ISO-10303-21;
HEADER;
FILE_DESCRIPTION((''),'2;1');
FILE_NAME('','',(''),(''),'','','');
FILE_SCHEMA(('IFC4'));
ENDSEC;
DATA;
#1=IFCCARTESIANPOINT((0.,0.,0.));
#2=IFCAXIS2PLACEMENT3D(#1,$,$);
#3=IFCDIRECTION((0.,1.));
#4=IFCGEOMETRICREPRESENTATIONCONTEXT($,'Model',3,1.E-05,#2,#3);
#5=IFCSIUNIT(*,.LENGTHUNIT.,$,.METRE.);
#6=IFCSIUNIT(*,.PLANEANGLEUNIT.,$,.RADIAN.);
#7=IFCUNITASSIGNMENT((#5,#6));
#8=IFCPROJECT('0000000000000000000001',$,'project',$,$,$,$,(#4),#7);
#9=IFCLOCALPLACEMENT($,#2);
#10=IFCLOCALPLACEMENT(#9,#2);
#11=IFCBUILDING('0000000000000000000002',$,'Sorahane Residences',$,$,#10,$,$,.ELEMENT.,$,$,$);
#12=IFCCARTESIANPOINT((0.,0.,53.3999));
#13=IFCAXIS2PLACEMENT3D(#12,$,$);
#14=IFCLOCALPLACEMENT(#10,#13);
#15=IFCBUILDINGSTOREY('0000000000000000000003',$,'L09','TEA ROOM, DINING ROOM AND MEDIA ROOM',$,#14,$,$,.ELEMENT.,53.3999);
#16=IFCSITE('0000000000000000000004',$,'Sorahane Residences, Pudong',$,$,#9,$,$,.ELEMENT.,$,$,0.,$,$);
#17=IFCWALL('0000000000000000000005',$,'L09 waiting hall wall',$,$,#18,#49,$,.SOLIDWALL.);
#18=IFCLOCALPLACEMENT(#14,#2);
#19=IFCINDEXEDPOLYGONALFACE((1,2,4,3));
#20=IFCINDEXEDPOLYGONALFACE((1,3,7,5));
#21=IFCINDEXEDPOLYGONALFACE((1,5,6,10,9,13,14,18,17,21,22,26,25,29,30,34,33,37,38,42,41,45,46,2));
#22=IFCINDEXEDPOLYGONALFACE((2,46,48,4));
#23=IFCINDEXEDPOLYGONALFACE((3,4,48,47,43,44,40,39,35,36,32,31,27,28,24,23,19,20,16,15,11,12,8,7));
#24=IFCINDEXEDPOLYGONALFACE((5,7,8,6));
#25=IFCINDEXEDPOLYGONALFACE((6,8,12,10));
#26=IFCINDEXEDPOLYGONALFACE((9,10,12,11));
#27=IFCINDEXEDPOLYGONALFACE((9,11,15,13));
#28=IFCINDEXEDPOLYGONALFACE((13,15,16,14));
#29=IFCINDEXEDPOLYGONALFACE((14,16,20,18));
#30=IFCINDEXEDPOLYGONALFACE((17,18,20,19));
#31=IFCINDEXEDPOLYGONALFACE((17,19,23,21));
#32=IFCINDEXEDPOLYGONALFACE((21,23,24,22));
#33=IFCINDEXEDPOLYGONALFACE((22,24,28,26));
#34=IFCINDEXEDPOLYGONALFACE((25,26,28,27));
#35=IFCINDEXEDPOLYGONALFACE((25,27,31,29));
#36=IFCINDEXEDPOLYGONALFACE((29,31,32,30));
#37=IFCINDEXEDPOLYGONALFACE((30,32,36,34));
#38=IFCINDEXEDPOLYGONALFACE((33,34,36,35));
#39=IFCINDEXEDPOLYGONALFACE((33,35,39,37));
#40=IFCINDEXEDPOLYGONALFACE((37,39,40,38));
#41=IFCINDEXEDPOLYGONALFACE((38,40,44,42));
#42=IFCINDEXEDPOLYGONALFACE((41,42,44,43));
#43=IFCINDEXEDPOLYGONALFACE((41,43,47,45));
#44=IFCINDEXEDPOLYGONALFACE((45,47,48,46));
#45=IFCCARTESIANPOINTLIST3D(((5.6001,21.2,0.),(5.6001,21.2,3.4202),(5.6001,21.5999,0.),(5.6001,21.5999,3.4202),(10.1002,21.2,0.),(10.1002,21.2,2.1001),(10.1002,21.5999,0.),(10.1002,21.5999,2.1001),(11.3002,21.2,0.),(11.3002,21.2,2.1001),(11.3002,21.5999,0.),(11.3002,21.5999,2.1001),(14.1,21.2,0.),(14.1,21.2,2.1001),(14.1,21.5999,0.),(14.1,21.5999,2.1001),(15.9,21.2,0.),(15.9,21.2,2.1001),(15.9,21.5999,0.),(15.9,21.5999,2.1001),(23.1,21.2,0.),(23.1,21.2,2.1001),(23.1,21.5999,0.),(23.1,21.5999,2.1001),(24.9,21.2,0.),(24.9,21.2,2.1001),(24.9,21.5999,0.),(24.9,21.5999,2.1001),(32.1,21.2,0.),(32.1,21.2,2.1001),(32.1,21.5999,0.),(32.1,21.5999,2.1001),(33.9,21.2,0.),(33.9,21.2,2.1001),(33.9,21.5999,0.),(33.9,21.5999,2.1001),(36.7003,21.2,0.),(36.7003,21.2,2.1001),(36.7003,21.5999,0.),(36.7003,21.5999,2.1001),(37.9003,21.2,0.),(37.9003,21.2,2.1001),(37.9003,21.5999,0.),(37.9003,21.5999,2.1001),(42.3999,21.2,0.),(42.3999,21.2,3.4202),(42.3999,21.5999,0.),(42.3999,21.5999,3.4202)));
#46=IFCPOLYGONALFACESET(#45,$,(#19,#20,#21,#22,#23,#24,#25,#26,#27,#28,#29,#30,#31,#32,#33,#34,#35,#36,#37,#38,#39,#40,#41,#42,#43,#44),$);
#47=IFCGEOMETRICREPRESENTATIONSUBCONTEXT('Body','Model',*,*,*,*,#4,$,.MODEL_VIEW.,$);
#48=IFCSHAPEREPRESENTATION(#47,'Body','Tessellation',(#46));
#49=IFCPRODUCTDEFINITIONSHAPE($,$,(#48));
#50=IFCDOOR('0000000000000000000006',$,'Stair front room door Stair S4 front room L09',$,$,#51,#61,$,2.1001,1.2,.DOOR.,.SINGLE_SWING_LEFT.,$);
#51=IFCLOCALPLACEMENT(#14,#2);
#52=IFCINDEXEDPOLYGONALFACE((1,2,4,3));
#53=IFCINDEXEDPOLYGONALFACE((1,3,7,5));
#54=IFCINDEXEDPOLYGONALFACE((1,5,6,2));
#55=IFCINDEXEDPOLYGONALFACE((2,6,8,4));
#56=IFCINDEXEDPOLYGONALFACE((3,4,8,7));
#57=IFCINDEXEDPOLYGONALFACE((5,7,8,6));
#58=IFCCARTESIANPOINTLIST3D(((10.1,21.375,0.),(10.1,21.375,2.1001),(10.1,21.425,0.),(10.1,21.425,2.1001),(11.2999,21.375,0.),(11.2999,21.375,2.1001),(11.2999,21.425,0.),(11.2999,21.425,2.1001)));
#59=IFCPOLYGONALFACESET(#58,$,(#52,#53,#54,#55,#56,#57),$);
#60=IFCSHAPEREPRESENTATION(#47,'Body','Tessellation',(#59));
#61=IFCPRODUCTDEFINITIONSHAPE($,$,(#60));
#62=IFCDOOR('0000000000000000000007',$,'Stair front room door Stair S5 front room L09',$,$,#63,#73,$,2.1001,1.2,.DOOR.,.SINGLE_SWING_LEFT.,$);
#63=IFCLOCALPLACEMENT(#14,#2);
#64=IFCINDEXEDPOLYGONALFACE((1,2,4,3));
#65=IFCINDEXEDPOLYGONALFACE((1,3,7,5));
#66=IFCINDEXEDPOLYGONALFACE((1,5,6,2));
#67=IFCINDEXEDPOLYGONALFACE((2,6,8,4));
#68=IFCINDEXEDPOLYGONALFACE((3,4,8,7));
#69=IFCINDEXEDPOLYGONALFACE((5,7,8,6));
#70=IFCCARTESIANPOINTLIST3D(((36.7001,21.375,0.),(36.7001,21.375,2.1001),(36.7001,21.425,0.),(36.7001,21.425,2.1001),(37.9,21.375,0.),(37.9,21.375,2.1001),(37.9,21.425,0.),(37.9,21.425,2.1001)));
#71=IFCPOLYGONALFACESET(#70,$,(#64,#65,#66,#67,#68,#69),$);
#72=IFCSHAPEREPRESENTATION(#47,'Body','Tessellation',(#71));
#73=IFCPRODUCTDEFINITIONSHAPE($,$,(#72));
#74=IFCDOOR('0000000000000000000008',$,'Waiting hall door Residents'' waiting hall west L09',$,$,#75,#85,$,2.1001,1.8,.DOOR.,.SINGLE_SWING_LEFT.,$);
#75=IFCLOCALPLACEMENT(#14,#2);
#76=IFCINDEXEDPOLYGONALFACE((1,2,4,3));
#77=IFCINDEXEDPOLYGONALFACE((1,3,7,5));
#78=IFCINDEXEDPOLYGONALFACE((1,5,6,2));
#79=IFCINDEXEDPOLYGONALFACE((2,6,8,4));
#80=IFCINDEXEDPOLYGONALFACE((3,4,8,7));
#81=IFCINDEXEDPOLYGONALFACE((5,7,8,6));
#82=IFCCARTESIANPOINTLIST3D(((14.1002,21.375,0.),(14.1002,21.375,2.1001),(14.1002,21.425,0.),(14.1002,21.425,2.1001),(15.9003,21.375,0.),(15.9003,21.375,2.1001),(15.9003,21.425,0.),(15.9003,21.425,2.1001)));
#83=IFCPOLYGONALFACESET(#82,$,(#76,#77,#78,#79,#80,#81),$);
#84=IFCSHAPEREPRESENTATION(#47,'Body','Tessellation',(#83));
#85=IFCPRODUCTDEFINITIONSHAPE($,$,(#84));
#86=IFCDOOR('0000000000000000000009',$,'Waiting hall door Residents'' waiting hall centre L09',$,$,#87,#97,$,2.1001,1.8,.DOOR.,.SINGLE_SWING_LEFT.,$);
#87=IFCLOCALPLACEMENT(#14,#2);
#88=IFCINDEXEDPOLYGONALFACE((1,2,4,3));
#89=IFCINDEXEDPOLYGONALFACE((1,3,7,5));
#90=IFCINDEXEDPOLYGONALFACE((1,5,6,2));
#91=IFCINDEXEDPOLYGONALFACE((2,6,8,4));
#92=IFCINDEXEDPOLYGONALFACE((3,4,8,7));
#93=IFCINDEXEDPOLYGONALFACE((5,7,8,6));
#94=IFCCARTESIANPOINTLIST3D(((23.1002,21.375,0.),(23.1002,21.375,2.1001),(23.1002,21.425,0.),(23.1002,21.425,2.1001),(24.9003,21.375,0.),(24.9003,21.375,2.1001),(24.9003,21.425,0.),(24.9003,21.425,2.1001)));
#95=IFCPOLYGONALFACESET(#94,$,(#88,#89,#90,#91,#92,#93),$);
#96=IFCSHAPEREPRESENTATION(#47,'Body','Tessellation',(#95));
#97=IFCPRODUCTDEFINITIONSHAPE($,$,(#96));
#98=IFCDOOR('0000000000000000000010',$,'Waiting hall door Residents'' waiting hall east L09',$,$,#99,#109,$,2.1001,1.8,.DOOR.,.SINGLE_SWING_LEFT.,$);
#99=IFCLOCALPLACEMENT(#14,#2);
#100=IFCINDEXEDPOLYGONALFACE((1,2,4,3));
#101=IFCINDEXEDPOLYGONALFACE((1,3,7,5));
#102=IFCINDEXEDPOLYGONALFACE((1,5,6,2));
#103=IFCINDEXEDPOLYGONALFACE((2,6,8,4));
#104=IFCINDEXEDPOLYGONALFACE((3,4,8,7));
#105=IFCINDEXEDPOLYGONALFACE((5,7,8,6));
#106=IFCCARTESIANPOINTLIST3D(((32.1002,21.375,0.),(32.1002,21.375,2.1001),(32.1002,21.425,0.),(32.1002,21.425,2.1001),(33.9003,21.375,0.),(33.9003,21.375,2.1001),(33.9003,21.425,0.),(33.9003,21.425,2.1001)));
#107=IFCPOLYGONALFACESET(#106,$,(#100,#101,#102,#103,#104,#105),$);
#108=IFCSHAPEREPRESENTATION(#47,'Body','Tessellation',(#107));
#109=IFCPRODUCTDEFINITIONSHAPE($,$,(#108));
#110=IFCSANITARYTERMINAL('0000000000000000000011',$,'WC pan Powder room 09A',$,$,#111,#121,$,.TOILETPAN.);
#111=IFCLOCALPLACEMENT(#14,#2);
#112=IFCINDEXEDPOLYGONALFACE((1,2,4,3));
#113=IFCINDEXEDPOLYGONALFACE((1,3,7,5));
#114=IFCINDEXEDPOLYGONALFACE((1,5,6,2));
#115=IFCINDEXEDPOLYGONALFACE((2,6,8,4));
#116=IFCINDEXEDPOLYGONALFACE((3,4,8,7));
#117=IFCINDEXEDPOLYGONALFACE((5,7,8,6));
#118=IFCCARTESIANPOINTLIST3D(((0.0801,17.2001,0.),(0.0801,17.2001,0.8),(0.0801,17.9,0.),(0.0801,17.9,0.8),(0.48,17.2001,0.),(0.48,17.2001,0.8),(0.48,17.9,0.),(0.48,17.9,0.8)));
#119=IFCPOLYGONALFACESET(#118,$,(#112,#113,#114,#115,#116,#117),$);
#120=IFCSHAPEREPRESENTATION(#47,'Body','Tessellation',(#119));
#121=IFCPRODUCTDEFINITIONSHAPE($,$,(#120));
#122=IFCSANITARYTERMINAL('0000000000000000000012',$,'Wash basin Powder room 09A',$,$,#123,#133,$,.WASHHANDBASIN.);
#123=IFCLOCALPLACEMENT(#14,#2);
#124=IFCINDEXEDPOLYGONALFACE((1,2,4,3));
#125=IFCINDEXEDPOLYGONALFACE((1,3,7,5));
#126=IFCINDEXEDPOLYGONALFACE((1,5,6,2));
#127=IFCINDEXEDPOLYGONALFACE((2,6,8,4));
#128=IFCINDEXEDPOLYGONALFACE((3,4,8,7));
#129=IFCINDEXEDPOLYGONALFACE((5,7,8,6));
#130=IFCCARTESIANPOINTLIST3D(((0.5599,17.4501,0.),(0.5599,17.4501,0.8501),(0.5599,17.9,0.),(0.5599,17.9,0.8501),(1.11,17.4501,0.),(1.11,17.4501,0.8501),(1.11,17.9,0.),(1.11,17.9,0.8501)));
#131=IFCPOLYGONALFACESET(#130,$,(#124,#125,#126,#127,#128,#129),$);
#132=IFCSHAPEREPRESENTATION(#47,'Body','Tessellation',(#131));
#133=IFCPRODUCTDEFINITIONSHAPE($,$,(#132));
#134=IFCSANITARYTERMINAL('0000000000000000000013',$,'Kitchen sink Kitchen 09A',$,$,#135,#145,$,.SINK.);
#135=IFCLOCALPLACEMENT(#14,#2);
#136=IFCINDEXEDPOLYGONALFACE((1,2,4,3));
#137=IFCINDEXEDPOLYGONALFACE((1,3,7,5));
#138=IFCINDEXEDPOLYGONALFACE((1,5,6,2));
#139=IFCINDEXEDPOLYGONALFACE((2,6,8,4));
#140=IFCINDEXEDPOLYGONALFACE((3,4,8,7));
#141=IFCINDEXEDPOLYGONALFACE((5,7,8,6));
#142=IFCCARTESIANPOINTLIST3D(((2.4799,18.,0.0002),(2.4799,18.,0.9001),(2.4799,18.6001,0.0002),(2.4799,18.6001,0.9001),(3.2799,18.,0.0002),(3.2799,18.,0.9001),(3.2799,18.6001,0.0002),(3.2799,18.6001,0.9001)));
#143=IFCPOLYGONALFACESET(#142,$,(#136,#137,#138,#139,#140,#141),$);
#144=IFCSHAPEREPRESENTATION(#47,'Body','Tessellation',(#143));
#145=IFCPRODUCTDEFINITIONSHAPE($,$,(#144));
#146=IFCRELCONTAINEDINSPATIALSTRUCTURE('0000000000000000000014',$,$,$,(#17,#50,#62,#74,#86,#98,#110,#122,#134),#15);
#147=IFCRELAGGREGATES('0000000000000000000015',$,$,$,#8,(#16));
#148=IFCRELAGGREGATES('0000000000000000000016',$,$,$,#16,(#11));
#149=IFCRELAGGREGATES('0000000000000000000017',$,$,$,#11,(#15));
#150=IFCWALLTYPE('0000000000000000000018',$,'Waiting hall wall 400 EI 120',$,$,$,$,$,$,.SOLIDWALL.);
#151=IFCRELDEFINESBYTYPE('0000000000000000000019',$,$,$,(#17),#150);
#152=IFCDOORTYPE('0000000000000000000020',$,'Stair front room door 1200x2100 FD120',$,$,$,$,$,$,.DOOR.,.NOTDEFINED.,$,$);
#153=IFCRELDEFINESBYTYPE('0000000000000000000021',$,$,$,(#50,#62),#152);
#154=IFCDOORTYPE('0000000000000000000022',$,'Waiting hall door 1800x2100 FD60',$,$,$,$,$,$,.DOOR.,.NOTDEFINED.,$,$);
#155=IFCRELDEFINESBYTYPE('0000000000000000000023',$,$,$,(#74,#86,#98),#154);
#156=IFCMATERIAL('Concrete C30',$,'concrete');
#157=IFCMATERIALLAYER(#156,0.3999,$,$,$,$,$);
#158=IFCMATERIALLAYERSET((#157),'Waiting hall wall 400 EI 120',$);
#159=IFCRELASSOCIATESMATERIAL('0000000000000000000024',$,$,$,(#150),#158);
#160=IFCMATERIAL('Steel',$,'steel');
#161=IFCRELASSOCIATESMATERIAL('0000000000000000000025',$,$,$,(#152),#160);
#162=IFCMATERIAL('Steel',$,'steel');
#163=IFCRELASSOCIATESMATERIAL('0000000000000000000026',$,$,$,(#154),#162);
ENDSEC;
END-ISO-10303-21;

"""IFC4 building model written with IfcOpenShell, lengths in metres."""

from ifc_helpers import new_model, si_unit, direction, frame, frame_2d, origin, origin_2d, place, context, subcontext, project, spatial, rectangle, extrude, material, layer, layer_set, type_object, element, fill, save


model = new_model("IFC4")

# Units and contexts
model_context = context("Model", 3, precision=1e-05, world=origin(), true_north=direction((0.0, 1.0)))
body_context = subcontext(model_context, "Body", "Model", "MODEL_VIEW")
ifc_project = project(units=[si_unit("LENGTHUNIT", "METRE"), si_unit("PLANEANGLEUNIT", "RADIAN")], contexts=[model_context])

# Site, building, storey
site_placement = place(None, origin())
site = spatial("IfcSite", under=ifc_project, at=site_placement, Name="Sorahane Residences, Pudong", CompositionType="ELEMENT", RefElevation=0.0)
building_placement = place(site_placement, origin())
building = spatial("IfcBuilding", under=site, at=building_placement, Name="Sorahane Residences", CompositionType="ELEMENT")
storey_placement = place(building_placement, frame((0.0, 0.0, 53.3999)))
storey = spatial("IfcBuildingStorey", under=building, at=storey_placement, Name="L09", Description="TEA ROOM, DINING ROOM AND MEDIA ROOM", CompositionType="ELEMENT", Elevation=53.3999)

# Wall, openings, doors
ifc_material_1 = material(Name="Concrete C30", Category="concrete")
ifc_layer_1 = layer(ifc_material_1, 0.3999)
ifc_layer_set_1 = layer_set([ifc_layer_1], Name="Waiting hall wall 400 EI 120")
wall_type_1 = type_object("IfcWallType", Name="Waiting hall wall 400 EI 120", PredefinedType="SOLIDWALL", material=ifc_layer_set_1)
wall_1_placement = place(storey_placement, frame((5.6001, 21.3999, 0.0), z_axis=(0.0, 0.0, 1.0), x_axis=(1.0, 0.0, 0.0)))
wall_1 = element("IfcWall", 1, at=wall_1_placement, inside=storey, type_object=wall_type_1, Name="L09 waiting hall wall", PredefinedType="SOLIDWALL", context=body_context, shape_type="SweptSolid", body=[
    extrude(rectangle(XDim=36.7998, YDim=0.3999, at=frame_2d((18.3999, 0.0))), origin(), (0.0, 0.0, 1.0), 3.4202),
])
opening_1_placement = place(wall_1_placement, frame((8.5, 0.0, 0.0)))
opening_1 = element("IfcOpeningElement", 2, at=opening_1_placement, cuts=wall_1, PredefinedType="OPENING", context=body_context, shape_type="SweptSolid", body=[
    extrude(rectangle(XDim=1.8, YDim=2.1001, at=frame_2d((0.8999, 1.05))), frame((0.0, 0.21, 0.0), z_axis=(0.0, -1.0, 0.0), x_axis=(1.0, 0.0, 0.0)), (0.0, 0.0, 1.0), 0.4199),
])
opening_2_placement = place(wall_1_placement, frame((17.5, 0.0, 0.0)))
opening_2 = element("IfcOpeningElement", 3, at=opening_2_placement, cuts=wall_1, PredefinedType="OPENING", context=body_context, shape_type="SweptSolid", body=[
    extrude(rectangle(XDim=1.8, YDim=2.1001, at=frame_2d((0.8999, 1.05))), frame((0.0, 0.21, 0.0), z_axis=(0.0, -1.0, 0.0), x_axis=(1.0, 0.0, 0.0)), (0.0, 0.0, 1.0), 0.4199),
])
opening_3_placement = place(wall_1_placement, frame((26.5, 0.0, 0.0)))
opening_3 = element("IfcOpeningElement", 4, at=opening_3_placement, cuts=wall_1, PredefinedType="OPENING", context=body_context, shape_type="SweptSolid", body=[
    extrude(rectangle(XDim=1.8, YDim=2.1001, at=frame_2d((0.8999, 1.05))), frame((0.0, 0.21, 0.0), z_axis=(0.0, -1.0, 0.0), x_axis=(1.0, 0.0, 0.0)), (0.0, 0.0, 1.0), 0.4199),
])
opening_4_placement = place(wall_1_placement, frame((4.5, 0.0, 0.0)))
opening_4 = element("IfcOpeningElement", 5, at=opening_4_placement, cuts=wall_1, PredefinedType="OPENING", context=body_context, shape_type="SweptSolid", body=[
    extrude(rectangle(XDim=1.2, YDim=2.1001, at=frame_2d((0.6001, 1.05))), frame((0.0, 0.21, 0.0), z_axis=(0.0, -1.0, 0.0), x_axis=(1.0, 0.0, 0.0)), (0.0, 0.0, 1.0), 0.4199),
])
opening_5_placement = place(wall_1_placement, frame((31.1001, 0.0, 0.0)))
opening_5 = element("IfcOpeningElement", 6, at=opening_5_placement, cuts=wall_1, PredefinedType="OPENING", context=body_context, shape_type="SweptSolid", body=[
    extrude(rectangle(XDim=1.2, YDim=2.1001, at=frame_2d((0.6001, 1.05))), frame((0.0, 0.21, 0.0), z_axis=(0.0, -1.0, 0.0), x_axis=(1.0, 0.0, 0.0)), (0.0, 0.0, 1.0), 0.4199),
])
ifc_material_2 = material(Name="Steel", Category="steel")
door_type_1 = type_object("IfcDoorType", Name="Stair front room door 1200x2100 FD120", OperationType="NOTDEFINED", PredefinedType="DOOR", material=ifc_material_2)
door_1_placement = place(opening_4_placement, frame((1.2, 0.0, 0.0), z_axis=(0.0, 0.0, 1.0), x_axis=(-1.0, 0.0, 0.0)))
door_1 = element("IfcDoor", 7, at=door_1_placement, inside=storey, type_object=door_type_1, Name="Stair front room door Stair S4 front room L09", OperationType="SINGLE_SWING_LEFT", OverallHeight=2.1001, OverallWidth=1.2, PredefinedType="DOOR", context=body_context, shape_type="SweptSolid", body=[
    extrude(rectangle(XDim=1.2, YDim=2.1001, at=frame_2d((0.6001, 1.05))), frame((0.0, 0.0249, 0.0), z_axis=(0.0, -1.0, 0.0), x_axis=(1.0, 0.0, 0.0)), (0.0, 0.0, 1.0), 0.05),
])
fill(opening_4, door_1)
door_2_placement = place(opening_5_placement, frame((1.2, 0.0, 0.0), z_axis=(0.0, 0.0, 1.0), x_axis=(-1.0, 0.0, 0.0)))
door_2 = element("IfcDoor", 8, at=door_2_placement, inside=storey, type_object=door_type_1, Name="Stair front room door Stair S5 front room L09", OperationType="SINGLE_SWING_LEFT", OverallHeight=2.1001, OverallWidth=1.2, PredefinedType="DOOR", context=body_context, shape_type="SweptSolid", body=[
    extrude(rectangle(XDim=1.2, YDim=2.1001, at=frame_2d((0.6001, 1.05))), frame((0.0, 0.0249, 0.0), z_axis=(0.0, -1.0, 0.0), x_axis=(1.0, 0.0, 0.0)), (0.0, 0.0, 1.0), 0.05),
])
fill(opening_5, door_2)
ifc_material_3 = material(Name="Steel", Category="steel")
door_type_2 = type_object("IfcDoorType", Name="Waiting hall door 1800x2100 FD60", OperationType="NOTDEFINED", PredefinedType="DOOR", material=ifc_material_3)
door_3_placement = place(opening_1_placement, frame((1.8, 0.0, 0.0), z_axis=(0.0, 0.0, 1.0), x_axis=(-1.0, 0.0, 0.0)))
door_3 = element("IfcDoor", 9, at=door_3_placement, inside=storey, type_object=door_type_2, Name="Waiting hall door Residents' waiting hall west L09", OperationType="SINGLE_SWING_LEFT", OverallHeight=2.1001, OverallWidth=1.8, PredefinedType="DOOR", context=body_context, shape_type="SweptSolid", body=[
    extrude(rectangle(XDim=1.8, YDim=2.1001, at=frame_2d((0.8999, 1.05))), frame((0.0, 0.0249, 0.0), z_axis=(0.0, -1.0, 0.0), x_axis=(1.0, 0.0, 0.0)), (0.0, 0.0, 1.0), 0.05),
])
fill(opening_1, door_3)
door_4_placement = place(opening_2_placement, frame((1.8, 0.0, 0.0), z_axis=(0.0, 0.0, 1.0), x_axis=(-1.0, 0.0, 0.0)))
door_4 = element("IfcDoor", 10, at=door_4_placement, inside=storey, type_object=door_type_2, Name="Waiting hall door Residents' waiting hall centre L09", OperationType="SINGLE_SWING_LEFT", OverallHeight=2.1001, OverallWidth=1.8, PredefinedType="DOOR", context=body_context, shape_type="SweptSolid", body=[
    extrude(rectangle(XDim=1.8, YDim=2.1001, at=frame_2d((0.8999, 1.05))), frame((0.0, 0.0249, 0.0), z_axis=(0.0, -1.0, 0.0), x_axis=(1.0, 0.0, 0.0)), (0.0, 0.0, 1.0), 0.05),
])
fill(opening_2, door_4)
door_5_placement = place(opening_3_placement, frame((1.8, 0.0, 0.0), z_axis=(0.0, 0.0, 1.0), x_axis=(-1.0, 0.0, 0.0)))
door_5 = element("IfcDoor", 11, at=door_5_placement, inside=storey, type_object=door_type_2, Name="Waiting hall door Residents' waiting hall east L09", OperationType="SINGLE_SWING_LEFT", OverallHeight=2.1001, OverallWidth=1.8, PredefinedType="DOOR", context=body_context, shape_type="SweptSolid", body=[
    extrude(rectangle(XDim=1.8, YDim=2.1001, at=frame_2d((0.8999, 1.05))), frame((0.0, 0.0249, 0.0), z_axis=(0.0, -1.0, 0.0), x_axis=(1.0, 0.0, 0.0)), (0.0, 0.0, 1.0), 0.05),
])
fill(opening_3, door_5)

# Sanitary terminals
sanitary_terminal_1_placement = place(storey_placement, frame((0.28, 17.55, 0.0), z_axis=(0.0, 0.0, 1.0), x_axis=(1.0, 0.0, 0.0)))
element("IfcSanitaryTerminal", 12, at=sanitary_terminal_1_placement, inside=storey, Name="WC pan Powder room 09A", PredefinedType="TOILETPAN", context=body_context, shape_type="SweptSolid", body=[
    extrude(rectangle(XDim=0.3999, YDim=0.7, at=origin_2d()), origin(), (0.0, 0.0, 1.0), 0.8),
])
sanitary_terminal_2_placement = place(storey_placement, frame((0.835, 17.675, 0.0), z_axis=(0.0, 0.0, 1.0), x_axis=(1.0, 0.0, 0.0)))
element("IfcSanitaryTerminal", 13, at=sanitary_terminal_2_placement, inside=storey, Name="Wash basin Powder room 09A", PredefinedType="WASHHANDBASIN", context=body_context, shape_type="SweptSolid", body=[
    extrude(rectangle(XDim=0.55, YDim=0.45, at=origin_2d()), origin(), (0.0, 0.0, 1.0), 0.8501),
])
sanitary_terminal_3_placement = place(storey_placement, frame((2.8799, 18.3, 0.0002), z_axis=(0.0, 0.0, 1.0), x_axis=(1.0, 0.0, 0.0)))
element("IfcSanitaryTerminal", 14, at=sanitary_terminal_3_placement, inside=storey, Name="Kitchen sink Kitchen 09A", PredefinedType="SINK", context=body_context, shape_type="SweptSolid", body=[
    extrude(rectangle(XDim=0.8, YDim=0.6001, at=origin_2d()), origin(), (0.0, 0.0, 1.0), 0.8999),
])

save(model, "model.ifc")
